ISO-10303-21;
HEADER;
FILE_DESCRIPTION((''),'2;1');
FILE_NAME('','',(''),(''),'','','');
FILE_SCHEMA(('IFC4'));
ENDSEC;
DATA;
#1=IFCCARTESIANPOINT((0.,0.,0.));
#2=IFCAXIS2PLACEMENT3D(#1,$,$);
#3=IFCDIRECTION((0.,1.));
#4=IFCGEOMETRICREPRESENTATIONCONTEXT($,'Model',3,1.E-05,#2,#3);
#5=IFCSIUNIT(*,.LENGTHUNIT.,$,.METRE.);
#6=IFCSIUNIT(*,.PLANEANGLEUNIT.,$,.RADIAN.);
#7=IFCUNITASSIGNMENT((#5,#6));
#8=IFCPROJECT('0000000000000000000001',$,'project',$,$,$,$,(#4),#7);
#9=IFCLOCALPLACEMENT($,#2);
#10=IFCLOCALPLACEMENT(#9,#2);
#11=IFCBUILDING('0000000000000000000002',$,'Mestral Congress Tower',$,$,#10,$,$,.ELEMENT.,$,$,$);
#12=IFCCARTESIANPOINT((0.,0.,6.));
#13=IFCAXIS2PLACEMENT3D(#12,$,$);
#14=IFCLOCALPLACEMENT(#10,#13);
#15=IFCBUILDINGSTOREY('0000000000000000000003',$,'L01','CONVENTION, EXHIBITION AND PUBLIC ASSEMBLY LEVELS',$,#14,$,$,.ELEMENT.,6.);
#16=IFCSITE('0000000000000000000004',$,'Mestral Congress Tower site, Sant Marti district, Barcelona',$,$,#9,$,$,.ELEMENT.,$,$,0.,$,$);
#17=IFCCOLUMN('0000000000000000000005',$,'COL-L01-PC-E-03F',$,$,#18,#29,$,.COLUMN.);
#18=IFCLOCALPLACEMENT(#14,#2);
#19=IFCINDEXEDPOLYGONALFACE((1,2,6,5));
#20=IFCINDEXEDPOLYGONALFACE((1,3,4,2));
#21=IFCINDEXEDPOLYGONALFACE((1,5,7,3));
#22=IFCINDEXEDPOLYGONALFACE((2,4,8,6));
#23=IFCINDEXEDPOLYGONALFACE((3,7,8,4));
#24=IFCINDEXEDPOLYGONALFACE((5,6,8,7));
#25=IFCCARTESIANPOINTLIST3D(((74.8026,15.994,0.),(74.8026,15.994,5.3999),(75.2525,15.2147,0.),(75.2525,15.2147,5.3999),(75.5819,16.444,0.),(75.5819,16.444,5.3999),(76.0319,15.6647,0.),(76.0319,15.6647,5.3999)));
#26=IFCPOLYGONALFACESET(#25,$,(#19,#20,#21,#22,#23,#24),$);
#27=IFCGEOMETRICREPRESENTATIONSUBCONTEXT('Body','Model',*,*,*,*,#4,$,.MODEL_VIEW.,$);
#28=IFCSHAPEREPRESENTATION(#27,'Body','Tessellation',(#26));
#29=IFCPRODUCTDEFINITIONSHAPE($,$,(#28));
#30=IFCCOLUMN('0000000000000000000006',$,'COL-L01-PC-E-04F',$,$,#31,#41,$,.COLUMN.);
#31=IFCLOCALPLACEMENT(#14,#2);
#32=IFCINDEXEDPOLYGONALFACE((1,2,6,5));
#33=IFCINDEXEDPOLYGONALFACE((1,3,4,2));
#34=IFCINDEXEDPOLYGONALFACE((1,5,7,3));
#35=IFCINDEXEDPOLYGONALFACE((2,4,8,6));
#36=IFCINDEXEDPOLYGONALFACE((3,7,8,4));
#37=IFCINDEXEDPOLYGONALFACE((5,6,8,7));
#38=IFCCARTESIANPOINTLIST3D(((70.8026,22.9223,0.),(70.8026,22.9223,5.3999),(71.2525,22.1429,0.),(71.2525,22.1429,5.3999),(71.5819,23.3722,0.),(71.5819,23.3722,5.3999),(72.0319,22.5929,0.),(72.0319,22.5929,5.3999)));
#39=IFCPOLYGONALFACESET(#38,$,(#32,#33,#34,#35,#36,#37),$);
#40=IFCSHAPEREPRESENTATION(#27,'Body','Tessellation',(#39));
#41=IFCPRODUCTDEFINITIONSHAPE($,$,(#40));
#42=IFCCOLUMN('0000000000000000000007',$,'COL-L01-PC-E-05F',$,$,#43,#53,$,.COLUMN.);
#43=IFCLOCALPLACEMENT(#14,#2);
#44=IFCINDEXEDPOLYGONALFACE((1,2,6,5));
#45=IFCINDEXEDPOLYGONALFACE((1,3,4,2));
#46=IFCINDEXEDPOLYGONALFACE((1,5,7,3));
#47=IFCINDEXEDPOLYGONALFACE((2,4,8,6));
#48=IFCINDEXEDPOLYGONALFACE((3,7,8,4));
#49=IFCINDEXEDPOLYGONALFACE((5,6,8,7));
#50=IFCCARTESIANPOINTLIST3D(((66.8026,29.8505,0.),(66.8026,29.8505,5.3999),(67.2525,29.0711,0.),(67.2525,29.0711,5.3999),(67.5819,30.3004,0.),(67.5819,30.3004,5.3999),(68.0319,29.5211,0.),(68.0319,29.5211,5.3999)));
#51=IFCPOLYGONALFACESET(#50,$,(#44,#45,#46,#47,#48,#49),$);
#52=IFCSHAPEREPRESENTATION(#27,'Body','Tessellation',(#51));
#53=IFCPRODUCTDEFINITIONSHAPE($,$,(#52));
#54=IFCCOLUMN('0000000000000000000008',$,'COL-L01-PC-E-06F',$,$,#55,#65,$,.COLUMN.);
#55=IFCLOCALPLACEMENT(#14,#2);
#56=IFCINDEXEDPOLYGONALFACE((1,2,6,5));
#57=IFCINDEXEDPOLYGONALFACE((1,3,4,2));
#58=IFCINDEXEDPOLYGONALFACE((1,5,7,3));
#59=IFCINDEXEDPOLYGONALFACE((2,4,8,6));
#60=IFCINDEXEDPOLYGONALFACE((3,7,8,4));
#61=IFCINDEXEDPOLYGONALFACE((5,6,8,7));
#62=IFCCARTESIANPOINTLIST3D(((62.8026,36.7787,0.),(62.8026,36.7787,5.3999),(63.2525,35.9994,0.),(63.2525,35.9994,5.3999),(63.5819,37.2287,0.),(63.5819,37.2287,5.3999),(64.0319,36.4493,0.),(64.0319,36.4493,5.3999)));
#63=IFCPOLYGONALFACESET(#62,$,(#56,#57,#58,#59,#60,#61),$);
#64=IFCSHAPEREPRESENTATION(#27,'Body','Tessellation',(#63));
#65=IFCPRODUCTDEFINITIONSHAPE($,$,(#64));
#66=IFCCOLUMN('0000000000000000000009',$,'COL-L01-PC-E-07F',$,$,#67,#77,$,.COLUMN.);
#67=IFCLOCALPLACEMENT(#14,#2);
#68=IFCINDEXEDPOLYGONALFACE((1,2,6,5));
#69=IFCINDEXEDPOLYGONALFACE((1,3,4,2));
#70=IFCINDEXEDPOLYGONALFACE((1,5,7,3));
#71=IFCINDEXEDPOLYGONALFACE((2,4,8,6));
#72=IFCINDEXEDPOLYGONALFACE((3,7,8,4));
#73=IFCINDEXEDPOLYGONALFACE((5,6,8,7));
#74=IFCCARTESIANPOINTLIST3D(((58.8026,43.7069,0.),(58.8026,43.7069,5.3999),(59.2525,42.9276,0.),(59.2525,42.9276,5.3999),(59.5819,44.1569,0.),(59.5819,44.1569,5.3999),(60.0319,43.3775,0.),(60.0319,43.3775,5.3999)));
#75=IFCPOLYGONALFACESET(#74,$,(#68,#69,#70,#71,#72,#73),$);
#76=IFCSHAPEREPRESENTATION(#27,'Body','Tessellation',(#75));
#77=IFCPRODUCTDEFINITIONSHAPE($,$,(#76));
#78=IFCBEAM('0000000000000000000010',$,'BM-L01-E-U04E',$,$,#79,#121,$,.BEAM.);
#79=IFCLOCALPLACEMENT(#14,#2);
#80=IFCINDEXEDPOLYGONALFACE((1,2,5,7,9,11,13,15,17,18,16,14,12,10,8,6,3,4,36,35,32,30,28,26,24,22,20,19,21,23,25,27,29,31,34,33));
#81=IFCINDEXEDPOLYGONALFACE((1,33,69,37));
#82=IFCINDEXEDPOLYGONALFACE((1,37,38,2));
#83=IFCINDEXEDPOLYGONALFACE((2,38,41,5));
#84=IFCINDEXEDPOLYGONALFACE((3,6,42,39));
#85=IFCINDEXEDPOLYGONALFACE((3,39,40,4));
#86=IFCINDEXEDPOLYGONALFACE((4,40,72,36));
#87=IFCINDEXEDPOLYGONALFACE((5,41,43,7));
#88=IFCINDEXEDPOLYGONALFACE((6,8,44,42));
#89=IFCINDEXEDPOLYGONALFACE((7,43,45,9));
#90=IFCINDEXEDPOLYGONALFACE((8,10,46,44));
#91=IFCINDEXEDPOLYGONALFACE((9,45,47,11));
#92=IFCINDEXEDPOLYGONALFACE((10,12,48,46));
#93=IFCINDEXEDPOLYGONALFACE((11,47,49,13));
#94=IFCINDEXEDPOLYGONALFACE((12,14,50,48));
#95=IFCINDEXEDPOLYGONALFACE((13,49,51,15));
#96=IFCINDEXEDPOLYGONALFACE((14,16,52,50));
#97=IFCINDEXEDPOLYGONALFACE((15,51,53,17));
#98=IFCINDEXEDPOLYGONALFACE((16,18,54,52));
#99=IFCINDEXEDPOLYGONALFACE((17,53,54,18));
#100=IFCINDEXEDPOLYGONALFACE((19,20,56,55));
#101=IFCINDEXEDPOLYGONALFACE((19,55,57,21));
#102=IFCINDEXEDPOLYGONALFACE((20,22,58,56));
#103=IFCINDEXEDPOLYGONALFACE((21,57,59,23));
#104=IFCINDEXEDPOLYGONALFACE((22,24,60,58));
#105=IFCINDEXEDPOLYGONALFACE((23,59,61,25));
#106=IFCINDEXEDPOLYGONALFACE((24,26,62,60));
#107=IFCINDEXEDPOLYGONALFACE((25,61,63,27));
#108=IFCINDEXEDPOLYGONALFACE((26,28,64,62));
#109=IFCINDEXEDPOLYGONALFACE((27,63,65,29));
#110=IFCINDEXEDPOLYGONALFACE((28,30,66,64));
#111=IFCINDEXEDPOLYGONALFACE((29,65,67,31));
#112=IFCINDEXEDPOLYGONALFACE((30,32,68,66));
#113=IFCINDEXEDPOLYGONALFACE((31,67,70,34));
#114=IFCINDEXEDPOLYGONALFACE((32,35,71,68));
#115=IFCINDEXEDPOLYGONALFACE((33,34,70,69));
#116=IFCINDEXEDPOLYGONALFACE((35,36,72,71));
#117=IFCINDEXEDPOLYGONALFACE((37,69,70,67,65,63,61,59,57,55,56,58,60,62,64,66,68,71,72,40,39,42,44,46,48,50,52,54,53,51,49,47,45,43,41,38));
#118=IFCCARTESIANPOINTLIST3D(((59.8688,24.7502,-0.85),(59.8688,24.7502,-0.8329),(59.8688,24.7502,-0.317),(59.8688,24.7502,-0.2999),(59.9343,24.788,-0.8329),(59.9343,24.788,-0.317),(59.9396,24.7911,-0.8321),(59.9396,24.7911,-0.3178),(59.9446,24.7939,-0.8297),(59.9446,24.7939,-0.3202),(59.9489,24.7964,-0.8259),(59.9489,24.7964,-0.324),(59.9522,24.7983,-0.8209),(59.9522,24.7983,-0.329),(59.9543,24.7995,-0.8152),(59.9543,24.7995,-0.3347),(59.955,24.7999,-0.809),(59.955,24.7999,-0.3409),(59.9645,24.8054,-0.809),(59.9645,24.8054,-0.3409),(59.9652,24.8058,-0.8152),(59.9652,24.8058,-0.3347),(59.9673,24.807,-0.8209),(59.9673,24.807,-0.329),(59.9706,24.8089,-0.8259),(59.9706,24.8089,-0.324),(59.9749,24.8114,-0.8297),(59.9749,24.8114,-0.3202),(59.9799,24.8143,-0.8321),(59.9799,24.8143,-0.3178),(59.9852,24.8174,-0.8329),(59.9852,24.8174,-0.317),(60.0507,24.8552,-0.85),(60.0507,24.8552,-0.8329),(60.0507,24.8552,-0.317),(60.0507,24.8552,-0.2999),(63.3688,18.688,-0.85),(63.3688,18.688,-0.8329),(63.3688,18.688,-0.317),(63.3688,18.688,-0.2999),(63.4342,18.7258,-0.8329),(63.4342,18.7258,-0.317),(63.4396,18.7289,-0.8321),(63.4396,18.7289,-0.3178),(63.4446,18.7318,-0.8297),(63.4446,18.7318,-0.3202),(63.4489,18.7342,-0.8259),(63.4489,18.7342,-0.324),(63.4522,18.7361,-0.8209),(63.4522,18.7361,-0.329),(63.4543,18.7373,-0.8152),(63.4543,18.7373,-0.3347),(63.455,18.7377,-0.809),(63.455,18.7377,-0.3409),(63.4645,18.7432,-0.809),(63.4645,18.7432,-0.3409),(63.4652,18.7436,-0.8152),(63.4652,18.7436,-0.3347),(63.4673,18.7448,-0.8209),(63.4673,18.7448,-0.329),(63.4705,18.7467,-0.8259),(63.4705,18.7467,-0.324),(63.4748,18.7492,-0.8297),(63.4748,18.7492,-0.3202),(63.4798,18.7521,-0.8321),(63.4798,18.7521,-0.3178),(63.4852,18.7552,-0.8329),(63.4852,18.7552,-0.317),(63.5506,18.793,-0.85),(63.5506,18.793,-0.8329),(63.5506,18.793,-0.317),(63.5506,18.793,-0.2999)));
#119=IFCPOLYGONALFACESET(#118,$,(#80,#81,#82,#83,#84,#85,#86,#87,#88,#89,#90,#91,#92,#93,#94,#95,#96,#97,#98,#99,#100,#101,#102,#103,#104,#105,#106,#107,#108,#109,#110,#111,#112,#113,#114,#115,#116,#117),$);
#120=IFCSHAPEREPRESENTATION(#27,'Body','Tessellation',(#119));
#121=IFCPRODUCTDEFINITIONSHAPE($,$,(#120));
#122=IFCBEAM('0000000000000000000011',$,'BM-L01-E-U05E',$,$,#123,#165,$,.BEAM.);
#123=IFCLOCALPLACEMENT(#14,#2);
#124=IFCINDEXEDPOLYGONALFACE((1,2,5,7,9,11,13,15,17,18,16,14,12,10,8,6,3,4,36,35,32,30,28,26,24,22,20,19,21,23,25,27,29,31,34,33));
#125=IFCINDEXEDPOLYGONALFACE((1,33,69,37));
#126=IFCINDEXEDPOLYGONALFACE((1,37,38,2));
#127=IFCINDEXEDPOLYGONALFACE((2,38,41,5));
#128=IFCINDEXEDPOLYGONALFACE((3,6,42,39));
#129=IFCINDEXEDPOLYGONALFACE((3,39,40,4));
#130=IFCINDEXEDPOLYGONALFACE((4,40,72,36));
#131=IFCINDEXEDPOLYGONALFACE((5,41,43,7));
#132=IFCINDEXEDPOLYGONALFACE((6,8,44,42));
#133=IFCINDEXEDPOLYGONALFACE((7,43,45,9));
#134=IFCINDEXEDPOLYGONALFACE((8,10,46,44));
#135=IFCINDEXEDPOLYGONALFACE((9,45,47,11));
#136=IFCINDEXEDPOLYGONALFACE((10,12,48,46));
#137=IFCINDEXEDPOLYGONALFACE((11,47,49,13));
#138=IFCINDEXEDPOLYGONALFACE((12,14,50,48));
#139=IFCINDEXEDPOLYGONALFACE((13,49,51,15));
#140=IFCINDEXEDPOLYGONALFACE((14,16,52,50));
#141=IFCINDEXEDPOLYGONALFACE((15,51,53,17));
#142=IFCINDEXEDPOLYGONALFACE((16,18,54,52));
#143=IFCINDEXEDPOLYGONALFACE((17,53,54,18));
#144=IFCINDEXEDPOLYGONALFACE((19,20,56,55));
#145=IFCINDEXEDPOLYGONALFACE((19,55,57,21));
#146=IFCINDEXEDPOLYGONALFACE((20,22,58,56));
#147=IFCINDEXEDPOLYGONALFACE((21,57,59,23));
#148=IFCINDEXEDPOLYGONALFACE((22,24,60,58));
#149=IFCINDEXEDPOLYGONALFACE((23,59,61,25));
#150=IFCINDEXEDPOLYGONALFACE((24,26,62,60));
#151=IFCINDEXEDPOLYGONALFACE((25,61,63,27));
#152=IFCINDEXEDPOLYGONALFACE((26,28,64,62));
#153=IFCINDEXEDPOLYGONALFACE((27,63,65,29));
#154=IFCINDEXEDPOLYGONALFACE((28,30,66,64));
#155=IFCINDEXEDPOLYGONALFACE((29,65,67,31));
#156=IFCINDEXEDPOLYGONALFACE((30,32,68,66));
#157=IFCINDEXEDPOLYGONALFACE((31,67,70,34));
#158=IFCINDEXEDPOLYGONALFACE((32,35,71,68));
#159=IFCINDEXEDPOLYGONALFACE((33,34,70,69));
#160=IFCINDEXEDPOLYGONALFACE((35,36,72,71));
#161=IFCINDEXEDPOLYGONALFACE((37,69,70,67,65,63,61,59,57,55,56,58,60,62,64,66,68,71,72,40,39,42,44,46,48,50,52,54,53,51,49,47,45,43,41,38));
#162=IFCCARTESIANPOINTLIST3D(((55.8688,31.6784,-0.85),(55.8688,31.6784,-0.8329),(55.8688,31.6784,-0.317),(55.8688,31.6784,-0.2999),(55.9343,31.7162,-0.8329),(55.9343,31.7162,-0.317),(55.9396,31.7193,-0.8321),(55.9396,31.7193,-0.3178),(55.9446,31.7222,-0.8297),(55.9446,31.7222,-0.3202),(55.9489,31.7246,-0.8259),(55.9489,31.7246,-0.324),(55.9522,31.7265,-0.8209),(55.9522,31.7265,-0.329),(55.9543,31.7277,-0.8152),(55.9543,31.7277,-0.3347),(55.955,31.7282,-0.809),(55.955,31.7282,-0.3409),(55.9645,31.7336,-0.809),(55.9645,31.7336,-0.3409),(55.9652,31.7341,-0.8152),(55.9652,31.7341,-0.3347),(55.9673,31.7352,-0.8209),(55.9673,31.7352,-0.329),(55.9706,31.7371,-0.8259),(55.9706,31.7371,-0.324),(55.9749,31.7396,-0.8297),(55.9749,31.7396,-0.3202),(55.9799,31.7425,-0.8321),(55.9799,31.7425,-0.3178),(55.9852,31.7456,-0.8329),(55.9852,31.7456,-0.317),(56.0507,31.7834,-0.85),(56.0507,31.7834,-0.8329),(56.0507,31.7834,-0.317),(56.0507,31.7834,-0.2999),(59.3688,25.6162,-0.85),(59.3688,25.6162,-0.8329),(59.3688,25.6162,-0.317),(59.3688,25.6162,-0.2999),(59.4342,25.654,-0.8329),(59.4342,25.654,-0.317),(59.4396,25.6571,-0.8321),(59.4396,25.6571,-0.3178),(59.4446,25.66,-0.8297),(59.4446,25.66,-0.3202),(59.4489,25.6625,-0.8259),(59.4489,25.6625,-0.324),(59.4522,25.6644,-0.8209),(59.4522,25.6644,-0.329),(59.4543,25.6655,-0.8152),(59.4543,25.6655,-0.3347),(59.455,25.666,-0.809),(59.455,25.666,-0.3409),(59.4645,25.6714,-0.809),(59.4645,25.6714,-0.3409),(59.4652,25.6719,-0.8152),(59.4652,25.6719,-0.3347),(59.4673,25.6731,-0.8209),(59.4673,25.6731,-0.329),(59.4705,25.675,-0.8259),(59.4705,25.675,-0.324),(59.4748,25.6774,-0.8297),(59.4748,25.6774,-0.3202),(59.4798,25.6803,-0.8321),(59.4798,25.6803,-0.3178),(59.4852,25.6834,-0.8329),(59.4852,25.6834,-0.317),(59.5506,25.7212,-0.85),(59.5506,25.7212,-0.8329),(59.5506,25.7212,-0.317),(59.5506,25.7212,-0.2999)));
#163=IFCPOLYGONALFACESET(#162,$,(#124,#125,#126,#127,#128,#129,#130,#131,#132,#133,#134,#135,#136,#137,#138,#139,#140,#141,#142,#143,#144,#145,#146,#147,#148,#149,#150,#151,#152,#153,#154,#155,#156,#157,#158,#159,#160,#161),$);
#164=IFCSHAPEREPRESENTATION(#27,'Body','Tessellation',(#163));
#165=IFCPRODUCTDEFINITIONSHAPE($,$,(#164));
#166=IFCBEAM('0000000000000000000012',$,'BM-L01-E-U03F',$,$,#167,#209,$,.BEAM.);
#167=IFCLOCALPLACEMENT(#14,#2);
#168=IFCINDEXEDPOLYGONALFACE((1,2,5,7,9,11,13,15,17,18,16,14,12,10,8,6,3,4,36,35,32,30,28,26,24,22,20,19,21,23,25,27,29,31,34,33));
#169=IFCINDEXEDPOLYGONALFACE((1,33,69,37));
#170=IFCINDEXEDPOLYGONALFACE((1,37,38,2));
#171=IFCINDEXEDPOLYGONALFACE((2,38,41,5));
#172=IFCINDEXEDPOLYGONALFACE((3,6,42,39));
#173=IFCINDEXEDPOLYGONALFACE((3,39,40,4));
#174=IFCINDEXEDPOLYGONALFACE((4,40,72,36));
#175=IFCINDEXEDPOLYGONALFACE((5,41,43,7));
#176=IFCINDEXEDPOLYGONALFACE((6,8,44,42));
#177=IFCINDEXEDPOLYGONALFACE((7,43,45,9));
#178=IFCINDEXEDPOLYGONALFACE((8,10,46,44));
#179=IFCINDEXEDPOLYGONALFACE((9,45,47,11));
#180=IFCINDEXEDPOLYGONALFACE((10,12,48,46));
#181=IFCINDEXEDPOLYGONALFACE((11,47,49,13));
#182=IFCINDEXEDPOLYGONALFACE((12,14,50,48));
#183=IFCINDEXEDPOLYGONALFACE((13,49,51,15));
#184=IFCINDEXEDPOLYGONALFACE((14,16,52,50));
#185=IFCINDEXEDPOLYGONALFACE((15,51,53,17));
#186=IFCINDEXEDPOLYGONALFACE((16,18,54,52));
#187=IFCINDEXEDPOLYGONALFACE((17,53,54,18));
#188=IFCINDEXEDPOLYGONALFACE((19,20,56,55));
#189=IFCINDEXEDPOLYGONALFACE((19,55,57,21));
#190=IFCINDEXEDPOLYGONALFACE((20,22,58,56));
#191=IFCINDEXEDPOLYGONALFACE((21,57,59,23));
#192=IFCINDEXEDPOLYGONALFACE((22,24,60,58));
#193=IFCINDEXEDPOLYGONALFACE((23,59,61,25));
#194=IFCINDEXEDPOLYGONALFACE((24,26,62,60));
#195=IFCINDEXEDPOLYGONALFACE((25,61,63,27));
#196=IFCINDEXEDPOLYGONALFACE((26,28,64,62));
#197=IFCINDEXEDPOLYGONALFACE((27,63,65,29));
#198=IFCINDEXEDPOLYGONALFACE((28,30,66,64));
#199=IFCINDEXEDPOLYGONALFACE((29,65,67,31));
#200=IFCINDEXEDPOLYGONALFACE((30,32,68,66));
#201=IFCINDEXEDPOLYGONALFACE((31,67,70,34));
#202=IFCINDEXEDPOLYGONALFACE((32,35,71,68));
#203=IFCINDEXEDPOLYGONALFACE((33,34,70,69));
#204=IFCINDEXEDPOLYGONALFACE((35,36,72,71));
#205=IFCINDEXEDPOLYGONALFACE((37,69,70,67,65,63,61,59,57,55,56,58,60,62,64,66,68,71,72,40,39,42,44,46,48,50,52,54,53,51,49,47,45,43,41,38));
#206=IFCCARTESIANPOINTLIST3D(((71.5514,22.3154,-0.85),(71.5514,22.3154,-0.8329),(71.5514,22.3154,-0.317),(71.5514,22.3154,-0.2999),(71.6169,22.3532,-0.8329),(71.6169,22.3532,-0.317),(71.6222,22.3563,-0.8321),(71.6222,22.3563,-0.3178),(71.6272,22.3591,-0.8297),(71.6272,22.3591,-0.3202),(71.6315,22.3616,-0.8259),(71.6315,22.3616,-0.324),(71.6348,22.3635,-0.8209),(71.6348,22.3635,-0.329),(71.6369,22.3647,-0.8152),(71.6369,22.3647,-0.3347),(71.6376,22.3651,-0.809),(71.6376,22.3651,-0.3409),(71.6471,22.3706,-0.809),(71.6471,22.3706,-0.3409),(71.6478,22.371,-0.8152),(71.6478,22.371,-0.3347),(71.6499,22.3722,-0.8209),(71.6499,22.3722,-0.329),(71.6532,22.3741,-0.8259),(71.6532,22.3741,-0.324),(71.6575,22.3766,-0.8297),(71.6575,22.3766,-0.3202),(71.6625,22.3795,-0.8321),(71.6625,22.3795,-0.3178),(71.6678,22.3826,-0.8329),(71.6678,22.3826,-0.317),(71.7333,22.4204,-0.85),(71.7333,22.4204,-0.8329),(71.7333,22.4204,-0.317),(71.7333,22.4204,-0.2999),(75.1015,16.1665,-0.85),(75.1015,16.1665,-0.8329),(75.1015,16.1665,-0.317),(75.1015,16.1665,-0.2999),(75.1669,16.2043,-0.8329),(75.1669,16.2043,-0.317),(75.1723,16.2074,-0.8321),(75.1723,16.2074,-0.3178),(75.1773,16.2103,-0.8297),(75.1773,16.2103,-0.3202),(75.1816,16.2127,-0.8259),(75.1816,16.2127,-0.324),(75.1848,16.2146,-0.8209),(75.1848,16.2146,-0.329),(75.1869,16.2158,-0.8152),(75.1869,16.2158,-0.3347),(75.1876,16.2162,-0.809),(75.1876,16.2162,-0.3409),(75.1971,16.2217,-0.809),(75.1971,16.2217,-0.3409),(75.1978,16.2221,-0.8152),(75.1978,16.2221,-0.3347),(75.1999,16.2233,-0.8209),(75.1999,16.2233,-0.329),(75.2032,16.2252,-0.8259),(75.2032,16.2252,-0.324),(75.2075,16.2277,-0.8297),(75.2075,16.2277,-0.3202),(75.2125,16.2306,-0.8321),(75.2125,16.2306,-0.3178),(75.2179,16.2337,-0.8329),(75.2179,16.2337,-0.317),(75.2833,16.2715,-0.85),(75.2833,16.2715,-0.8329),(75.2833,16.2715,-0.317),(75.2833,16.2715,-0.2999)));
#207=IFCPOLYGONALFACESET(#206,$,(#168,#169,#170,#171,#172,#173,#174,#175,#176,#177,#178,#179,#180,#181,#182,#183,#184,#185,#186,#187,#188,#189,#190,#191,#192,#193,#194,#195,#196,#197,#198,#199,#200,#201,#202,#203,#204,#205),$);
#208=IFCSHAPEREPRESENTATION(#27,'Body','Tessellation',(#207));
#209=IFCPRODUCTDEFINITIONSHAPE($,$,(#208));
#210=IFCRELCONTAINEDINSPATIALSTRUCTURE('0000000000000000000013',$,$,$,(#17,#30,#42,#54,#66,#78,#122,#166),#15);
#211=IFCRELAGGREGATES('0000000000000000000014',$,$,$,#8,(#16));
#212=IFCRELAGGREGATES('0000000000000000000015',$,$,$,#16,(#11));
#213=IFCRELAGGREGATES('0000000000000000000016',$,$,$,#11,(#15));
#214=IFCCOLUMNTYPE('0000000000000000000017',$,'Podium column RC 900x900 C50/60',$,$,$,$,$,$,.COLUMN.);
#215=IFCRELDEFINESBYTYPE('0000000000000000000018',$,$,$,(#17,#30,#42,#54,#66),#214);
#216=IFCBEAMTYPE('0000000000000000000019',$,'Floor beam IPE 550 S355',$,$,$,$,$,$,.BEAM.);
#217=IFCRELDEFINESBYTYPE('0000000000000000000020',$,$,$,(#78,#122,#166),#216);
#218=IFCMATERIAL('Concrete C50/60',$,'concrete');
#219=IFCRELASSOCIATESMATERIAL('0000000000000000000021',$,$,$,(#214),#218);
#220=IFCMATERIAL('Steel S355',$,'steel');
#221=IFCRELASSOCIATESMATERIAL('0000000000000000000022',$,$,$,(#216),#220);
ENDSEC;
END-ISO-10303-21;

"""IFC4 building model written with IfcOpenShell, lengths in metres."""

from ifc_helpers import new_model, si_unit, direction, frame, origin, origin_2d, place, context, subcontext, project, spatial, rectangle, i_section, extrude, material, material_profile, profile_set, type_object, element, save


model = new_model("IFC4")

# Units and contexts
model_context = context("Model", 3, precision=1e-05, world=origin(), true_north=direction((0.0, 1.0)))
body_context = subcontext(model_context, "Body", "Model", "MODEL_VIEW")
ifc_project = project(units=[si_unit("LENGTHUNIT", "METRE"), si_unit("PLANEANGLEUNIT", "RADIAN")], contexts=[model_context])

# Site, building, storey
site_placement = place(None, origin())
site = spatial("IfcSite", under=ifc_project, at=site_placement, Name="Mestral Congress Tower site, Sant Marti district, Barcelona", CompositionType="ELEMENT", RefElevation=0.0)
building_placement = place(site_placement, origin())
building = spatial("IfcBuilding", under=site, at=building_placement, Name="Mestral Congress Tower", CompositionType="ELEMENT")
storey_placement = place(building_placement, frame((0.0, 0.0, 6.0)))
storey = spatial("IfcBuildingStorey", under=building, at=storey_placement, Name="L01", Description="CONVENTION, EXHIBITION AND PUBLIC ASSEMBLY LEVELS", CompositionType="ELEMENT", Elevation=6.0)

# Columns
ifc_material_1 = material(Name="Concrete C50/60", Category="concrete")
ifc_material_profile_1 = material_profile(ifc_material_1, rectangle(XDim=0.8999, YDim=0.8999, at=origin_2d()), Name="RC 900x900")
ifc_profile_set_1 = profile_set([ifc_material_profile_1], Name="Concrete C50/60")
column_type = type_object("IfcColumnType", Name="Podium column RC 900x900 C50/60", PredefinedType="COLUMN", material=ifc_profile_set_1)
for number, where, z_axis, x_axis, name in (
    (1, (75.4172, 15.8293, 0.0), (0.0, 0.0, 1.0), (-0.5, 0.866025, 0.0), "COL-L01-PC-E-03F"),
    (2, (71.4172, 22.7576, 0.0), (0.0, 0.0, 1.0), (-0.5, 0.866025, 0.0), "COL-L01-PC-E-04F"),
    (3, (67.4172, 29.6858, 0.0), (0.0, 0.0, 1.0), (-0.5, 0.866025, 0.0), "COL-L01-PC-E-05F"),
    (4, (63.4172, 36.614, 0.0), (0.0, 0.0, 1.0), (-0.5, 0.866025, 0.0), "COL-L01-PC-E-06F"),
    (5, (59.4172, 43.5422, 0.0), (0.0, 0.0, 1.0), (-0.5, 0.866025, 0.0), "COL-L01-PC-E-07F"),
):
    element("IfcColumn", number, at=place(storey_placement, frame(where, z_axis=z_axis, x_axis=x_axis)), inside=storey, type_object=column_type, Name=name, PredefinedType="COLUMN", context=body_context, shape_type="SweptSolid", body=[
        extrude(rectangle(XDim=0.8999, YDim=0.8999, at=origin_2d()), origin(), (0.0, 0.0, 1.0), 5.3999),
    ])

# Beams
ifc_material_2 = material(Name="Steel S355", Category="steel")
ifc_material_profile_2 = material_profile(ifc_material_2, i_section(OverallWidth=0.21, OverallDepth=0.55, WebThickness=0.011, FlangeThickness=0.0171, FilletRadius=0.0239, at=origin_2d()), Name="IPE 550")
ifc_profile_set_2 = profile_set([ifc_material_profile_2], Name="Steel S355")
beam_type_1 = type_object("IfcBeamType", Name="Floor beam IPE 550 S355", PredefinedType="BEAM", material=ifc_profile_set_2)
for number, where, z_axis, x_axis, name in (
    (6, (63.4597, 18.7405, -0.575), (-0.499995, 0.866028, 0.0), (-0.866028, -0.499995, 0.0), "BM-L01-E-U04E"),
    (7, (59.4597, 25.6687, -0.575), (-0.499995, 0.866028, 0.0), (-0.866028, -0.499995, 0.0), "BM-L01-E-U05E"),
):
    element("IfcBeam", number, at=place(storey_placement, frame(where, z_axis=z_axis, x_axis=x_axis)), inside=storey, type_object=beam_type_1, Name=name, PredefinedType="BEAM", context=body_context, shape_type="SweptSolid", body=[
        extrude(i_section(OverallWidth=0.21, OverallDepth=0.55, WebThickness=0.011, FlangeThickness=0.0171, FilletRadius=0.0239, at=origin_2d()), origin(), (0.0, 0.0, 1.0), 7.0),
    ])
for number, where, z_axis, x_axis, name in (
    (8, (75.1924, 16.219, -0.575), (-0.499996, 0.866028, 0.0), (-0.866028, -0.499996, 0.0), "BM-L01-E-U03F"),
):
    element("IfcBeam", number, at=place(storey_placement, frame(where, z_axis=z_axis, x_axis=x_axis)), inside=storey, type_object=beam_type_1, Name=name, PredefinedType="BEAM", context=body_context, shape_type="SweptSolid", body=[
        extrude(i_section(OverallWidth=0.21, OverallDepth=0.55, WebThickness=0.011, FlangeThickness=0.0171, FilletRadius=0.0239, at=origin_2d()), origin(), (0.0, 0.0, 1.0), 7.1001),
    ])

save(model, "model.ifc")
